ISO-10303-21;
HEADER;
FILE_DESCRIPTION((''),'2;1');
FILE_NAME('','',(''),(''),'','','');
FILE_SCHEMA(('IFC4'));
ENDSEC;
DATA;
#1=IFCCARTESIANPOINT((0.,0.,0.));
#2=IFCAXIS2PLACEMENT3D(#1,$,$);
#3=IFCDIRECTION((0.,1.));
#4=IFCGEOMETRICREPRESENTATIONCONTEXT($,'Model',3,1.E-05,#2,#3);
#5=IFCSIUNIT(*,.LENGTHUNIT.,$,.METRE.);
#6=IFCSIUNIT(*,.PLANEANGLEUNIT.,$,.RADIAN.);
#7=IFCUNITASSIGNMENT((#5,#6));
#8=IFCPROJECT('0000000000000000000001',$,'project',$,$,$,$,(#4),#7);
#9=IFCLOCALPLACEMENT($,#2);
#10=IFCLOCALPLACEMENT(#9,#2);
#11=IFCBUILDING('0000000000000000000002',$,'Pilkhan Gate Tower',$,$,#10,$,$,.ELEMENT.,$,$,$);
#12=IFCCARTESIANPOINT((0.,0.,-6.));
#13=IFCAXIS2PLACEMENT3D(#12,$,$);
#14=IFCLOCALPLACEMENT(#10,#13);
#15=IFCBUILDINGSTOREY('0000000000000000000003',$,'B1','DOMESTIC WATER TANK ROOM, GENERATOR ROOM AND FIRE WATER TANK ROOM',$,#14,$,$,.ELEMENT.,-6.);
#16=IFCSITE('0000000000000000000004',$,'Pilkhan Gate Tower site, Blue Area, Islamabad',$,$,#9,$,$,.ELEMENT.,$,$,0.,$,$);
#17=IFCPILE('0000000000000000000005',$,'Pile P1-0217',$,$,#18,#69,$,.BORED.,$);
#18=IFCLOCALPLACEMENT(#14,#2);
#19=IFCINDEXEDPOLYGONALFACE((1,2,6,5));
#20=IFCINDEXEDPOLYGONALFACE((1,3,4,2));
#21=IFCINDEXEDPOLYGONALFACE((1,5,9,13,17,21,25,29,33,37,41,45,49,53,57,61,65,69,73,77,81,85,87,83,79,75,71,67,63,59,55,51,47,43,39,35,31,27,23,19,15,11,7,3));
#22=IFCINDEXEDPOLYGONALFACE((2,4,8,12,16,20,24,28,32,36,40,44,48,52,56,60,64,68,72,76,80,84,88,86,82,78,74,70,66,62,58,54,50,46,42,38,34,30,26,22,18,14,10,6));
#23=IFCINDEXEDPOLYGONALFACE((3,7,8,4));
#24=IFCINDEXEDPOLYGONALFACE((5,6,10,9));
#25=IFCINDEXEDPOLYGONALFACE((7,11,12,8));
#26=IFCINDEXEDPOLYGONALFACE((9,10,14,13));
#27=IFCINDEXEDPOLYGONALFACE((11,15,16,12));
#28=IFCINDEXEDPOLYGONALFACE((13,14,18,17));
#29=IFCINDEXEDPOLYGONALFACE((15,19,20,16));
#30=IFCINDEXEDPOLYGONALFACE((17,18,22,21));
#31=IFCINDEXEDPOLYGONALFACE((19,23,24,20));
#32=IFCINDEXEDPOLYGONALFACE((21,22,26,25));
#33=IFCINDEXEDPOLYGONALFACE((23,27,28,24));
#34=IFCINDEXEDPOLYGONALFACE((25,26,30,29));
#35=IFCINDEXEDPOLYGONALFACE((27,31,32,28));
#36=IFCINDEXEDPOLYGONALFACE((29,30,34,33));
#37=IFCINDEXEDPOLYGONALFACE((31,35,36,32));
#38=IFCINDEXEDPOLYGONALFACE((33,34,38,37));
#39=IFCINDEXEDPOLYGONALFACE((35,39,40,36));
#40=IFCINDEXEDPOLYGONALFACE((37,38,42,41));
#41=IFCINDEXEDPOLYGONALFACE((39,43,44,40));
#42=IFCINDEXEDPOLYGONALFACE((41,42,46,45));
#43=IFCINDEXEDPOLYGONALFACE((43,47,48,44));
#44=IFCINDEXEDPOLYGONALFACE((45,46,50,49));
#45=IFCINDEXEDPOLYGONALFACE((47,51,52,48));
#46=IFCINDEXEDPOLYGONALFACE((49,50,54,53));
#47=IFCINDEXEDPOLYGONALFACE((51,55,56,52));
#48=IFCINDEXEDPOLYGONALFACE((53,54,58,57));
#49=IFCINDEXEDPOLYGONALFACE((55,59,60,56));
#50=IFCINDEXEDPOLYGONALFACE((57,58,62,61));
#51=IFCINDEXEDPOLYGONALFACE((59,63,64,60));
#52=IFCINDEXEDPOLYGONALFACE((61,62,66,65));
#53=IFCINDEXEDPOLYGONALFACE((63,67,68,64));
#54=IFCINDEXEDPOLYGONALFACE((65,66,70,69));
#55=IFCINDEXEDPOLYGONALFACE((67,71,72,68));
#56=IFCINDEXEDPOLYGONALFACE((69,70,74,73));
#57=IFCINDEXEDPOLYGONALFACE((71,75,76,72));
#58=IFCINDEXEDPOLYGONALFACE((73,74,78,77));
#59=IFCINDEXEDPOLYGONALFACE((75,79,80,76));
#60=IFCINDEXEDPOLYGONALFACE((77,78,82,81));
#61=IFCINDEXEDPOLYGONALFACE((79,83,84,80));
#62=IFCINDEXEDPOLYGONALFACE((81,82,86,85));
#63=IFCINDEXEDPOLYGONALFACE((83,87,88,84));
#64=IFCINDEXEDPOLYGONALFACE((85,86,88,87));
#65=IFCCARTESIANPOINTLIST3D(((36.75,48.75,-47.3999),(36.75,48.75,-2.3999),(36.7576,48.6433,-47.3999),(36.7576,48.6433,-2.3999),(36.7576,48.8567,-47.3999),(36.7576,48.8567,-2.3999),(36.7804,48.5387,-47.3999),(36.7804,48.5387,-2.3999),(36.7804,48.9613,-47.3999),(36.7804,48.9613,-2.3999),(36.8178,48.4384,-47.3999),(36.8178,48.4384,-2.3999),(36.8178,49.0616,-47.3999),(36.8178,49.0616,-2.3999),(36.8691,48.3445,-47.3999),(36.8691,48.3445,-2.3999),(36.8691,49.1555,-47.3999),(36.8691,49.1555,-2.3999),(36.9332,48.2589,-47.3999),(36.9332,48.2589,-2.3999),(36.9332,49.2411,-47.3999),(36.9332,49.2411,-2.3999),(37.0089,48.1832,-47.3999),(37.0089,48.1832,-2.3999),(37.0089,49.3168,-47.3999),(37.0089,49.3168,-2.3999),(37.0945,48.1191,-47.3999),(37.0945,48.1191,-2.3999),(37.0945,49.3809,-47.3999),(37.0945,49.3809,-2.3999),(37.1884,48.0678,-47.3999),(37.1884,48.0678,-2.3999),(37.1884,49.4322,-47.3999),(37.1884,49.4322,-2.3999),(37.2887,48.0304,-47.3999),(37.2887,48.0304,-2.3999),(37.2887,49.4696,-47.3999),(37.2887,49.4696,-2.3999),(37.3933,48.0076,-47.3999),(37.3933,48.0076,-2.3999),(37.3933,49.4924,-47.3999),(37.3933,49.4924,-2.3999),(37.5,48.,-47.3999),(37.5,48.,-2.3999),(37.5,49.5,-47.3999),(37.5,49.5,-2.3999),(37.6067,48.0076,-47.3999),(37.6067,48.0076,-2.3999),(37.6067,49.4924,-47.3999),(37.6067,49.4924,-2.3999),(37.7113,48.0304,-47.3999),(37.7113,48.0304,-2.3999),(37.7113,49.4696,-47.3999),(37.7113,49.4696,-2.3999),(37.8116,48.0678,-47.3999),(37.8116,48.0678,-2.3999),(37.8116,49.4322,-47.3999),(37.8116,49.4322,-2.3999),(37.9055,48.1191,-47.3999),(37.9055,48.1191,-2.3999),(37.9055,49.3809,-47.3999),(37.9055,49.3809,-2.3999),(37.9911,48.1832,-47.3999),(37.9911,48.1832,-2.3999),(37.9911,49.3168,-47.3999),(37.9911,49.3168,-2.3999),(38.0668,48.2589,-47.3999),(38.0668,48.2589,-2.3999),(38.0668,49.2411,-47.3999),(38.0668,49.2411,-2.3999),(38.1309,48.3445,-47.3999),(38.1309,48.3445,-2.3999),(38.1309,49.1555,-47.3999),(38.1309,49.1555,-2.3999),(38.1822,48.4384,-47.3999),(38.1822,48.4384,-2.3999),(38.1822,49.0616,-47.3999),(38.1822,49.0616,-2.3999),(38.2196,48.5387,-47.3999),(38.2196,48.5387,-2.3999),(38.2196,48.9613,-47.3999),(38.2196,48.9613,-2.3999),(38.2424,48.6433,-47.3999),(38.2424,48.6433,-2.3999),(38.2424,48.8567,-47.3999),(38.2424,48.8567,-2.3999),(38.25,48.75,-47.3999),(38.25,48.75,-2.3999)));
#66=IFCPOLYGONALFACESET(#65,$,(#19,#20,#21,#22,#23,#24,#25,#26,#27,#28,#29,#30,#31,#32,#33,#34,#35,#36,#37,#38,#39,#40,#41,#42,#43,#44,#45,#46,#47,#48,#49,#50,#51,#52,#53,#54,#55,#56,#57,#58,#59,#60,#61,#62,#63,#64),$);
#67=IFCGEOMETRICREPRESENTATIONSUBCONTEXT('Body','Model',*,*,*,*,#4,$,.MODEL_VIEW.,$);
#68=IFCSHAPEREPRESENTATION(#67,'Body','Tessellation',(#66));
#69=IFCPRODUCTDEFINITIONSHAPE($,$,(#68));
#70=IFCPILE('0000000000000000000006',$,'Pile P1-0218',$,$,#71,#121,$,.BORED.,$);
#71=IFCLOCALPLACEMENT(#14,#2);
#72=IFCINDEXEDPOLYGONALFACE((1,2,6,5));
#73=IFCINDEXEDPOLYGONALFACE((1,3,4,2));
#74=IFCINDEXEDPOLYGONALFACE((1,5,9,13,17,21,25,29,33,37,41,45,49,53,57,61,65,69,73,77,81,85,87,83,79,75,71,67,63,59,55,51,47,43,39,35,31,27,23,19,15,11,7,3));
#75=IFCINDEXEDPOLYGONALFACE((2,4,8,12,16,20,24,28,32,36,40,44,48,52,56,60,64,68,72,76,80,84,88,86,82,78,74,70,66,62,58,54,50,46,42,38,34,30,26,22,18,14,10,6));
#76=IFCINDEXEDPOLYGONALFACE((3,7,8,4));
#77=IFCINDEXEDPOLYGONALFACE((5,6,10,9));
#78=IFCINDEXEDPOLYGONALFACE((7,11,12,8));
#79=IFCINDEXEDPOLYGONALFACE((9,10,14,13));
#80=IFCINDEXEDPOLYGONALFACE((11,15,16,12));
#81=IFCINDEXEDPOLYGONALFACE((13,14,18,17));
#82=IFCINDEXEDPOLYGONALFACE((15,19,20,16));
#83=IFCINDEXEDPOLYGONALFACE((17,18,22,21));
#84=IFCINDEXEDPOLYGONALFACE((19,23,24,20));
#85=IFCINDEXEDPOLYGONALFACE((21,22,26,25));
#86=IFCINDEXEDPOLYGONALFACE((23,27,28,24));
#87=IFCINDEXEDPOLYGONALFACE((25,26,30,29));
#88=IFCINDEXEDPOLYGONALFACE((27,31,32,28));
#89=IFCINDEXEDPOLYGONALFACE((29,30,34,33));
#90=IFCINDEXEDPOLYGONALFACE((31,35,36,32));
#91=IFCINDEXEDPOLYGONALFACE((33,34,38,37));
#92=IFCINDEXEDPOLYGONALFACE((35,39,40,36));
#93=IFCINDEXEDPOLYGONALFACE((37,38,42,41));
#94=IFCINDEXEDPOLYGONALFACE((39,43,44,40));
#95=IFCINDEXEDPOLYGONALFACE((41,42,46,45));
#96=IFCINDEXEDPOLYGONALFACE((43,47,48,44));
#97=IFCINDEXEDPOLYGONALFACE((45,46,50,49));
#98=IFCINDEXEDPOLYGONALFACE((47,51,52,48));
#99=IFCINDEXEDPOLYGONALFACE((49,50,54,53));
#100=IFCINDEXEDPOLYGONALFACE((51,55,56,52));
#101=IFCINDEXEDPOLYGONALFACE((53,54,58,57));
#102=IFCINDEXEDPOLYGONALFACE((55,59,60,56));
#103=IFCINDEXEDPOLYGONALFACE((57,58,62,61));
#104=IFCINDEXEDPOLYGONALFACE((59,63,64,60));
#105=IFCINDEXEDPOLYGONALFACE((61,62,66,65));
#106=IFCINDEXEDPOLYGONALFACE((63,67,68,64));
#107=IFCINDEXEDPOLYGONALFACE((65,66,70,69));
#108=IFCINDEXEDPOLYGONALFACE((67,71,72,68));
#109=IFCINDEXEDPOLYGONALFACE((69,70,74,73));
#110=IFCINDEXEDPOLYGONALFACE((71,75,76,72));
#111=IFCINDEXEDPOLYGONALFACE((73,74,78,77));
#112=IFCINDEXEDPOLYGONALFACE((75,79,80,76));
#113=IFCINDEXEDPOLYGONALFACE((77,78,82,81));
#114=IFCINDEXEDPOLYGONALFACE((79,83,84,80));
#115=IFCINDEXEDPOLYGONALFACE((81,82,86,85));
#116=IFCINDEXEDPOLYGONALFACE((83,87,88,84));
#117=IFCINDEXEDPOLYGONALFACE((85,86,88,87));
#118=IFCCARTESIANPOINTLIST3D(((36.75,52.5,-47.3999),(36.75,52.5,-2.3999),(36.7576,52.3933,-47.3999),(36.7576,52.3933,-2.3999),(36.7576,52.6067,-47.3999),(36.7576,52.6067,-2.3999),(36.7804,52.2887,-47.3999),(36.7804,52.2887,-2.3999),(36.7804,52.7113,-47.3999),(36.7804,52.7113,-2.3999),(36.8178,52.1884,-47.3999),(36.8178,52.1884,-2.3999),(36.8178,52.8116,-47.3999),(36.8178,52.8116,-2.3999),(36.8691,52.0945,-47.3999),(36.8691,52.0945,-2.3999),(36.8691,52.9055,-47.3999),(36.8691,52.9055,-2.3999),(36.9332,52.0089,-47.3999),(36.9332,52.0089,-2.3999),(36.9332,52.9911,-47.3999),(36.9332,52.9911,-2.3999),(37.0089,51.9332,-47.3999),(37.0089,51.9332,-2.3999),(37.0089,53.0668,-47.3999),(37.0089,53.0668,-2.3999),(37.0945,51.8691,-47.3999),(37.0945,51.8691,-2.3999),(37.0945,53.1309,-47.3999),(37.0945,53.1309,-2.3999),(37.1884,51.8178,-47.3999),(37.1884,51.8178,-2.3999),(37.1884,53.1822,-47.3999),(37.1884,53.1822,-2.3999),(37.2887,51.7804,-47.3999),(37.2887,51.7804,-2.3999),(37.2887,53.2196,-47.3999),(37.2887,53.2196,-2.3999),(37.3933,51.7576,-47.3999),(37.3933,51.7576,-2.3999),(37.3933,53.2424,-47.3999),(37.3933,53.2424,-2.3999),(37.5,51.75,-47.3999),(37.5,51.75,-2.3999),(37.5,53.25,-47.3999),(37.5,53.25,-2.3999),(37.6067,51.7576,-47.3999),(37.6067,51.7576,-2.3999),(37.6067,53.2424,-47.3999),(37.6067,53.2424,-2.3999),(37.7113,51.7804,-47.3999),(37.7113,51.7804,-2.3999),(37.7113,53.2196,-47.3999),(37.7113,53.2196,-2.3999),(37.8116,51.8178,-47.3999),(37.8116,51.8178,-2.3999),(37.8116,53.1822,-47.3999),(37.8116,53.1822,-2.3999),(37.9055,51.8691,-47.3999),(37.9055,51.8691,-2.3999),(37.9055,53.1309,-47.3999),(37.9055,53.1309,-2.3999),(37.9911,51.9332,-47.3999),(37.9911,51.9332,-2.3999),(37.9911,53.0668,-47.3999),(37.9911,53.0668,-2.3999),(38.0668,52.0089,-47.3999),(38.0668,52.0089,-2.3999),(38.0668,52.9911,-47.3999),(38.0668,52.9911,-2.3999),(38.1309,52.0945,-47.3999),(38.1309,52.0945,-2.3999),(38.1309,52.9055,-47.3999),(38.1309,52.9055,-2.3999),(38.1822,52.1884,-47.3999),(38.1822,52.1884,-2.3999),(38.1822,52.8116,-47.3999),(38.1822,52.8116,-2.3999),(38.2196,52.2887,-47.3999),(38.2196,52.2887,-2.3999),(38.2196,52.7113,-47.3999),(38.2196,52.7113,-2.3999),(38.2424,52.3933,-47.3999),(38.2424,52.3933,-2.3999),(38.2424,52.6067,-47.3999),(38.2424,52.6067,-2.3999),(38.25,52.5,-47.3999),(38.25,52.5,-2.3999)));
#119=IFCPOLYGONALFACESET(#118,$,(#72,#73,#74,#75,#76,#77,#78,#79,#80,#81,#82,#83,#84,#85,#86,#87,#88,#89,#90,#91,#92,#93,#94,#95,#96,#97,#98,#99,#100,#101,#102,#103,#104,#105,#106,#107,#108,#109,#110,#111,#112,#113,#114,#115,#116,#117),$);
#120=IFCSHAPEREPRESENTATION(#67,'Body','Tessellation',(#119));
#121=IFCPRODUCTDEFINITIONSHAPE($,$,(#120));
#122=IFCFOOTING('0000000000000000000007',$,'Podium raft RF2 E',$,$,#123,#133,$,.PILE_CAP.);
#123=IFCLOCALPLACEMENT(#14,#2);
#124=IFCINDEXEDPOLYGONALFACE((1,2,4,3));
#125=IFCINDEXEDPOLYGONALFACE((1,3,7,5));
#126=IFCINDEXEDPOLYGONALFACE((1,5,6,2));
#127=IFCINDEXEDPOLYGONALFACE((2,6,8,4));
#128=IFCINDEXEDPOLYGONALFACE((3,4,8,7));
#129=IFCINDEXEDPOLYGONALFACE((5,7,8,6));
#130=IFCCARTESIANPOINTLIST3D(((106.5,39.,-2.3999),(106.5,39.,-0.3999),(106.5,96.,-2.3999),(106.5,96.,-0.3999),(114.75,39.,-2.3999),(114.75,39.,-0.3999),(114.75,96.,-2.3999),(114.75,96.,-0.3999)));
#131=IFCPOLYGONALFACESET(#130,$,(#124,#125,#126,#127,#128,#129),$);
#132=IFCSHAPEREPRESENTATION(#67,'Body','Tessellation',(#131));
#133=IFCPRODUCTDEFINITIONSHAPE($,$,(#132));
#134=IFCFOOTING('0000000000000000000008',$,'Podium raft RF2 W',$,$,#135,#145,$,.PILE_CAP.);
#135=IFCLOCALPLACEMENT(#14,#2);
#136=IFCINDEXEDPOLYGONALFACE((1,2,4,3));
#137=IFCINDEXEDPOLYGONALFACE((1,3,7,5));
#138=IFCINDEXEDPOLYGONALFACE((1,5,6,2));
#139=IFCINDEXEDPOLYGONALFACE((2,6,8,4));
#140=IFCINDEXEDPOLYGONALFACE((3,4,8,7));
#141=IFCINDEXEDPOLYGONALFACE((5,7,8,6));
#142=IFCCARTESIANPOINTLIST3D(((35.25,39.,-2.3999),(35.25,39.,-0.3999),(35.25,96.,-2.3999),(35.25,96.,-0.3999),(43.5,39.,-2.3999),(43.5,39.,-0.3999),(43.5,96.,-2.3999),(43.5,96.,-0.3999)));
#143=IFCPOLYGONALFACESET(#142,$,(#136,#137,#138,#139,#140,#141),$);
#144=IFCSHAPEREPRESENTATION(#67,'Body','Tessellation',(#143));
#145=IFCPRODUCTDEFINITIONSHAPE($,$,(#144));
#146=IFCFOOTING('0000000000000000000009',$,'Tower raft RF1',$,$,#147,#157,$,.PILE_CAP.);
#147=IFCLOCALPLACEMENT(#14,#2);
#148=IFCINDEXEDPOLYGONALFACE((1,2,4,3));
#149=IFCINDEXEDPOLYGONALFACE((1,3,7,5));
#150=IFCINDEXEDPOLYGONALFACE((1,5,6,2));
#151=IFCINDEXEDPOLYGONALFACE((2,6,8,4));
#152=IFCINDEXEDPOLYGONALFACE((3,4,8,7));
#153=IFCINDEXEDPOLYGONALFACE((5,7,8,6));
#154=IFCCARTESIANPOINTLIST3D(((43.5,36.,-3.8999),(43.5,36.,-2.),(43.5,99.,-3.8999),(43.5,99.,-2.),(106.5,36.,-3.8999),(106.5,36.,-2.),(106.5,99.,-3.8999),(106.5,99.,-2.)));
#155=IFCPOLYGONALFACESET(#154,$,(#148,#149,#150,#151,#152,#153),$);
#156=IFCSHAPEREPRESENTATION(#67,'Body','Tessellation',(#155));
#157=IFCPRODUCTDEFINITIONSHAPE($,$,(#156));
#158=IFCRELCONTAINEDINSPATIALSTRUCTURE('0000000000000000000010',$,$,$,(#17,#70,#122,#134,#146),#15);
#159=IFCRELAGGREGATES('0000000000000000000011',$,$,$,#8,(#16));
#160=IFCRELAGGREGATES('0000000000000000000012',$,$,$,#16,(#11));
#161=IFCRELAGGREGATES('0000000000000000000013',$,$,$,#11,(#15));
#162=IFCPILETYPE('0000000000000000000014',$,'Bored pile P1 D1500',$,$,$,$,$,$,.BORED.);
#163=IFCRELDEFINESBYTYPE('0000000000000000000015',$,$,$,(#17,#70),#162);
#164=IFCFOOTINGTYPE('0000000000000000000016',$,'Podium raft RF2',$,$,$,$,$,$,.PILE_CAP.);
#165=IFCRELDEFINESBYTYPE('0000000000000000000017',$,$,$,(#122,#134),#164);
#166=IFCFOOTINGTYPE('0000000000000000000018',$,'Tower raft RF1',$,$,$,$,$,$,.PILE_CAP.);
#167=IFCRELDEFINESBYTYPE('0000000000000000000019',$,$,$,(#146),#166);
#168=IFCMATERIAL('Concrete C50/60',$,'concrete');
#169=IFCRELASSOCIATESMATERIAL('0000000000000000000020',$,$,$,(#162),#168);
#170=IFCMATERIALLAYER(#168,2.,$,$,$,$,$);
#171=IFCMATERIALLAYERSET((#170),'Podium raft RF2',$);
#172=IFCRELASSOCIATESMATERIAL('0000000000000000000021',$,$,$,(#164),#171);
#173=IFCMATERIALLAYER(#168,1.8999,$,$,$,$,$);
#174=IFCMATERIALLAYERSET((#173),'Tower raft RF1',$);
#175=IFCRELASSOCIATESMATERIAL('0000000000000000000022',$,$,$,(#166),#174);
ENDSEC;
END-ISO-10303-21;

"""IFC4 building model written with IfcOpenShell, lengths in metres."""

from ifc_helpers import new_model, si_unit, direction, frame, origin, origin_2d, place, context, subcontext, project, spatial, polyline, circle, outline, extrude, material, layer, layer_set, material_profile, profile_set, type_object, element, save


model = new_model("IFC4")

# Units and contexts
model_context = context("Model", 3, precision=1e-05, world=origin(), true_north=direction((0.0, 1.0)))
body_context = subcontext(model_context, "Body", "Model", "MODEL_VIEW")
ifc_project = project(units=[si_unit("LENGTHUNIT", "METRE"), si_unit("PLANEANGLEUNIT", "RADIAN")], contexts=[model_context])

# Site, building, storey
site_placement = place(None, origin())
site = spatial("IfcSite", under=ifc_project, at=site_placement, Name="Pilkhan Gate Tower site, Blue Area, Islamabad", CompositionType="ELEMENT", RefElevation=0.0)
building_placement = place(site_placement, origin())
building = spatial("IfcBuilding", under=site, at=building_placement, Name="Pilkhan Gate Tower", CompositionType="ELEMENT")
storey_placement = place(building_placement, frame((0.0, 0.0, -6.0)))
storey = spatial("IfcBuildingStorey", under=building, at=storey_placement, Name="B1", Description="DOMESTIC WATER TANK ROOM, GENERATOR ROOM AND FIRE WATER TANK ROOM", CompositionType="ELEMENT", Elevation=-6.0)

# Piles
ifc_material_1 = material(Name="Concrete C50/60", Category="concrete")
ifc_material_profile = material_profile(ifc_material_1, circle(Radius=0.75, at=origin_2d()), Name="Bored pile 1500 dia")
ifc_profile_set = profile_set([ifc_material_profile], Name="Concrete C50/60")
pile_type = type_object("IfcPileType", Name="Bored pile P1 D1500", PredefinedType="BORED", material=ifc_profile_set)
for number, where, z_axis, x_axis, name in (
    (1, (37.5, 48.75, -2.3999), (0.0, 0.0, -1.0), (1.0, 0.0, 0.0), "Pile P1-0217"),
    (2, (37.5, 52.5, -2.3999), (0.0, 0.0, -1.0), (1.0, 0.0, 0.0), "Pile P1-0218"),
):
    element("IfcPile", number, at=place(storey_placement, frame(where, z_axis=z_axis, x_axis=x_axis)), inside=storey, type_object=pile_type, Name=name, PredefinedType="BORED", context=body_context, shape_type="SweptSolid", body=[
        extrude(circle(Radius=0.75, at=origin_2d()), origin(), (0.0, 0.0, 1.0), 45.0),
    ])

# Footings
ifc_layer_1 = layer(ifc_material_1, 2.0)
ifc_layer_set_1 = layer_set([ifc_layer_1], Name="Podium raft RF2")
footing_type_1 = type_object("IfcFootingType", Name="Podium raft RF2", PredefinedType="PILE_CAP", material=ifc_layer_set_1)
footing_1_placement = place(storey_placement, frame((0.0, 0.0, -2.3999)))
element("IfcFooting", 3, at=footing_1_placement, inside=storey, type_object=footing_type_1, Name="Podium raft RF2 E", PredefinedType="PILE_CAP", context=body_context, shape_type="SweptSolid", body=[
    extrude(outline(polyline([(106.5, 39.0), (114.75, 39.0), (114.75, 96.0), (106.5, 96.0), (106.5, 39.0)])), origin(), (0.0, 0.0, 1.0), 2.0),
])
footing_2_placement = place(storey_placement, frame((0.0, 0.0, -2.3999)))
element("IfcFooting", 4, at=footing_2_placement, inside=storey, type_object=footing_type_1, Name="Podium raft RF2 W", PredefinedType="PILE_CAP", context=body_context, shape_type="SweptSolid", body=[
    extrude(outline(polyline([(35.25, 39.0), (43.5, 39.0), (43.5, 96.0), (35.25, 96.0), (35.25, 39.0)])), origin(), (0.0, 0.0, 1.0), 2.0),
])
ifc_layer_2 = layer(ifc_material_1, 1.8999)
ifc_layer_set_2 = layer_set([ifc_layer_2], Name="Tower raft RF1")
footing_type_2 = type_object("IfcFootingType", Name="Tower raft RF1", PredefinedType="PILE_CAP", material=ifc_layer_set_2)
footing_3_placement = place(storey_placement, frame((0.0, 0.0, -3.8999)))
element("IfcFooting", 5, at=footing_3_placement, inside=storey, type_object=footing_type_2, Name="Tower raft RF1", PredefinedType="PILE_CAP", context=body_context, shape_type="SweptSolid", body=[
    extrude(outline(polyline([(43.5, 36.0), (106.5, 36.0), (106.5, 99.0), (43.5, 99.0), (43.5, 36.0)])), origin(), (0.0, 0.0, 1.0), 1.8999),
])

save(model, "model.ifc")
